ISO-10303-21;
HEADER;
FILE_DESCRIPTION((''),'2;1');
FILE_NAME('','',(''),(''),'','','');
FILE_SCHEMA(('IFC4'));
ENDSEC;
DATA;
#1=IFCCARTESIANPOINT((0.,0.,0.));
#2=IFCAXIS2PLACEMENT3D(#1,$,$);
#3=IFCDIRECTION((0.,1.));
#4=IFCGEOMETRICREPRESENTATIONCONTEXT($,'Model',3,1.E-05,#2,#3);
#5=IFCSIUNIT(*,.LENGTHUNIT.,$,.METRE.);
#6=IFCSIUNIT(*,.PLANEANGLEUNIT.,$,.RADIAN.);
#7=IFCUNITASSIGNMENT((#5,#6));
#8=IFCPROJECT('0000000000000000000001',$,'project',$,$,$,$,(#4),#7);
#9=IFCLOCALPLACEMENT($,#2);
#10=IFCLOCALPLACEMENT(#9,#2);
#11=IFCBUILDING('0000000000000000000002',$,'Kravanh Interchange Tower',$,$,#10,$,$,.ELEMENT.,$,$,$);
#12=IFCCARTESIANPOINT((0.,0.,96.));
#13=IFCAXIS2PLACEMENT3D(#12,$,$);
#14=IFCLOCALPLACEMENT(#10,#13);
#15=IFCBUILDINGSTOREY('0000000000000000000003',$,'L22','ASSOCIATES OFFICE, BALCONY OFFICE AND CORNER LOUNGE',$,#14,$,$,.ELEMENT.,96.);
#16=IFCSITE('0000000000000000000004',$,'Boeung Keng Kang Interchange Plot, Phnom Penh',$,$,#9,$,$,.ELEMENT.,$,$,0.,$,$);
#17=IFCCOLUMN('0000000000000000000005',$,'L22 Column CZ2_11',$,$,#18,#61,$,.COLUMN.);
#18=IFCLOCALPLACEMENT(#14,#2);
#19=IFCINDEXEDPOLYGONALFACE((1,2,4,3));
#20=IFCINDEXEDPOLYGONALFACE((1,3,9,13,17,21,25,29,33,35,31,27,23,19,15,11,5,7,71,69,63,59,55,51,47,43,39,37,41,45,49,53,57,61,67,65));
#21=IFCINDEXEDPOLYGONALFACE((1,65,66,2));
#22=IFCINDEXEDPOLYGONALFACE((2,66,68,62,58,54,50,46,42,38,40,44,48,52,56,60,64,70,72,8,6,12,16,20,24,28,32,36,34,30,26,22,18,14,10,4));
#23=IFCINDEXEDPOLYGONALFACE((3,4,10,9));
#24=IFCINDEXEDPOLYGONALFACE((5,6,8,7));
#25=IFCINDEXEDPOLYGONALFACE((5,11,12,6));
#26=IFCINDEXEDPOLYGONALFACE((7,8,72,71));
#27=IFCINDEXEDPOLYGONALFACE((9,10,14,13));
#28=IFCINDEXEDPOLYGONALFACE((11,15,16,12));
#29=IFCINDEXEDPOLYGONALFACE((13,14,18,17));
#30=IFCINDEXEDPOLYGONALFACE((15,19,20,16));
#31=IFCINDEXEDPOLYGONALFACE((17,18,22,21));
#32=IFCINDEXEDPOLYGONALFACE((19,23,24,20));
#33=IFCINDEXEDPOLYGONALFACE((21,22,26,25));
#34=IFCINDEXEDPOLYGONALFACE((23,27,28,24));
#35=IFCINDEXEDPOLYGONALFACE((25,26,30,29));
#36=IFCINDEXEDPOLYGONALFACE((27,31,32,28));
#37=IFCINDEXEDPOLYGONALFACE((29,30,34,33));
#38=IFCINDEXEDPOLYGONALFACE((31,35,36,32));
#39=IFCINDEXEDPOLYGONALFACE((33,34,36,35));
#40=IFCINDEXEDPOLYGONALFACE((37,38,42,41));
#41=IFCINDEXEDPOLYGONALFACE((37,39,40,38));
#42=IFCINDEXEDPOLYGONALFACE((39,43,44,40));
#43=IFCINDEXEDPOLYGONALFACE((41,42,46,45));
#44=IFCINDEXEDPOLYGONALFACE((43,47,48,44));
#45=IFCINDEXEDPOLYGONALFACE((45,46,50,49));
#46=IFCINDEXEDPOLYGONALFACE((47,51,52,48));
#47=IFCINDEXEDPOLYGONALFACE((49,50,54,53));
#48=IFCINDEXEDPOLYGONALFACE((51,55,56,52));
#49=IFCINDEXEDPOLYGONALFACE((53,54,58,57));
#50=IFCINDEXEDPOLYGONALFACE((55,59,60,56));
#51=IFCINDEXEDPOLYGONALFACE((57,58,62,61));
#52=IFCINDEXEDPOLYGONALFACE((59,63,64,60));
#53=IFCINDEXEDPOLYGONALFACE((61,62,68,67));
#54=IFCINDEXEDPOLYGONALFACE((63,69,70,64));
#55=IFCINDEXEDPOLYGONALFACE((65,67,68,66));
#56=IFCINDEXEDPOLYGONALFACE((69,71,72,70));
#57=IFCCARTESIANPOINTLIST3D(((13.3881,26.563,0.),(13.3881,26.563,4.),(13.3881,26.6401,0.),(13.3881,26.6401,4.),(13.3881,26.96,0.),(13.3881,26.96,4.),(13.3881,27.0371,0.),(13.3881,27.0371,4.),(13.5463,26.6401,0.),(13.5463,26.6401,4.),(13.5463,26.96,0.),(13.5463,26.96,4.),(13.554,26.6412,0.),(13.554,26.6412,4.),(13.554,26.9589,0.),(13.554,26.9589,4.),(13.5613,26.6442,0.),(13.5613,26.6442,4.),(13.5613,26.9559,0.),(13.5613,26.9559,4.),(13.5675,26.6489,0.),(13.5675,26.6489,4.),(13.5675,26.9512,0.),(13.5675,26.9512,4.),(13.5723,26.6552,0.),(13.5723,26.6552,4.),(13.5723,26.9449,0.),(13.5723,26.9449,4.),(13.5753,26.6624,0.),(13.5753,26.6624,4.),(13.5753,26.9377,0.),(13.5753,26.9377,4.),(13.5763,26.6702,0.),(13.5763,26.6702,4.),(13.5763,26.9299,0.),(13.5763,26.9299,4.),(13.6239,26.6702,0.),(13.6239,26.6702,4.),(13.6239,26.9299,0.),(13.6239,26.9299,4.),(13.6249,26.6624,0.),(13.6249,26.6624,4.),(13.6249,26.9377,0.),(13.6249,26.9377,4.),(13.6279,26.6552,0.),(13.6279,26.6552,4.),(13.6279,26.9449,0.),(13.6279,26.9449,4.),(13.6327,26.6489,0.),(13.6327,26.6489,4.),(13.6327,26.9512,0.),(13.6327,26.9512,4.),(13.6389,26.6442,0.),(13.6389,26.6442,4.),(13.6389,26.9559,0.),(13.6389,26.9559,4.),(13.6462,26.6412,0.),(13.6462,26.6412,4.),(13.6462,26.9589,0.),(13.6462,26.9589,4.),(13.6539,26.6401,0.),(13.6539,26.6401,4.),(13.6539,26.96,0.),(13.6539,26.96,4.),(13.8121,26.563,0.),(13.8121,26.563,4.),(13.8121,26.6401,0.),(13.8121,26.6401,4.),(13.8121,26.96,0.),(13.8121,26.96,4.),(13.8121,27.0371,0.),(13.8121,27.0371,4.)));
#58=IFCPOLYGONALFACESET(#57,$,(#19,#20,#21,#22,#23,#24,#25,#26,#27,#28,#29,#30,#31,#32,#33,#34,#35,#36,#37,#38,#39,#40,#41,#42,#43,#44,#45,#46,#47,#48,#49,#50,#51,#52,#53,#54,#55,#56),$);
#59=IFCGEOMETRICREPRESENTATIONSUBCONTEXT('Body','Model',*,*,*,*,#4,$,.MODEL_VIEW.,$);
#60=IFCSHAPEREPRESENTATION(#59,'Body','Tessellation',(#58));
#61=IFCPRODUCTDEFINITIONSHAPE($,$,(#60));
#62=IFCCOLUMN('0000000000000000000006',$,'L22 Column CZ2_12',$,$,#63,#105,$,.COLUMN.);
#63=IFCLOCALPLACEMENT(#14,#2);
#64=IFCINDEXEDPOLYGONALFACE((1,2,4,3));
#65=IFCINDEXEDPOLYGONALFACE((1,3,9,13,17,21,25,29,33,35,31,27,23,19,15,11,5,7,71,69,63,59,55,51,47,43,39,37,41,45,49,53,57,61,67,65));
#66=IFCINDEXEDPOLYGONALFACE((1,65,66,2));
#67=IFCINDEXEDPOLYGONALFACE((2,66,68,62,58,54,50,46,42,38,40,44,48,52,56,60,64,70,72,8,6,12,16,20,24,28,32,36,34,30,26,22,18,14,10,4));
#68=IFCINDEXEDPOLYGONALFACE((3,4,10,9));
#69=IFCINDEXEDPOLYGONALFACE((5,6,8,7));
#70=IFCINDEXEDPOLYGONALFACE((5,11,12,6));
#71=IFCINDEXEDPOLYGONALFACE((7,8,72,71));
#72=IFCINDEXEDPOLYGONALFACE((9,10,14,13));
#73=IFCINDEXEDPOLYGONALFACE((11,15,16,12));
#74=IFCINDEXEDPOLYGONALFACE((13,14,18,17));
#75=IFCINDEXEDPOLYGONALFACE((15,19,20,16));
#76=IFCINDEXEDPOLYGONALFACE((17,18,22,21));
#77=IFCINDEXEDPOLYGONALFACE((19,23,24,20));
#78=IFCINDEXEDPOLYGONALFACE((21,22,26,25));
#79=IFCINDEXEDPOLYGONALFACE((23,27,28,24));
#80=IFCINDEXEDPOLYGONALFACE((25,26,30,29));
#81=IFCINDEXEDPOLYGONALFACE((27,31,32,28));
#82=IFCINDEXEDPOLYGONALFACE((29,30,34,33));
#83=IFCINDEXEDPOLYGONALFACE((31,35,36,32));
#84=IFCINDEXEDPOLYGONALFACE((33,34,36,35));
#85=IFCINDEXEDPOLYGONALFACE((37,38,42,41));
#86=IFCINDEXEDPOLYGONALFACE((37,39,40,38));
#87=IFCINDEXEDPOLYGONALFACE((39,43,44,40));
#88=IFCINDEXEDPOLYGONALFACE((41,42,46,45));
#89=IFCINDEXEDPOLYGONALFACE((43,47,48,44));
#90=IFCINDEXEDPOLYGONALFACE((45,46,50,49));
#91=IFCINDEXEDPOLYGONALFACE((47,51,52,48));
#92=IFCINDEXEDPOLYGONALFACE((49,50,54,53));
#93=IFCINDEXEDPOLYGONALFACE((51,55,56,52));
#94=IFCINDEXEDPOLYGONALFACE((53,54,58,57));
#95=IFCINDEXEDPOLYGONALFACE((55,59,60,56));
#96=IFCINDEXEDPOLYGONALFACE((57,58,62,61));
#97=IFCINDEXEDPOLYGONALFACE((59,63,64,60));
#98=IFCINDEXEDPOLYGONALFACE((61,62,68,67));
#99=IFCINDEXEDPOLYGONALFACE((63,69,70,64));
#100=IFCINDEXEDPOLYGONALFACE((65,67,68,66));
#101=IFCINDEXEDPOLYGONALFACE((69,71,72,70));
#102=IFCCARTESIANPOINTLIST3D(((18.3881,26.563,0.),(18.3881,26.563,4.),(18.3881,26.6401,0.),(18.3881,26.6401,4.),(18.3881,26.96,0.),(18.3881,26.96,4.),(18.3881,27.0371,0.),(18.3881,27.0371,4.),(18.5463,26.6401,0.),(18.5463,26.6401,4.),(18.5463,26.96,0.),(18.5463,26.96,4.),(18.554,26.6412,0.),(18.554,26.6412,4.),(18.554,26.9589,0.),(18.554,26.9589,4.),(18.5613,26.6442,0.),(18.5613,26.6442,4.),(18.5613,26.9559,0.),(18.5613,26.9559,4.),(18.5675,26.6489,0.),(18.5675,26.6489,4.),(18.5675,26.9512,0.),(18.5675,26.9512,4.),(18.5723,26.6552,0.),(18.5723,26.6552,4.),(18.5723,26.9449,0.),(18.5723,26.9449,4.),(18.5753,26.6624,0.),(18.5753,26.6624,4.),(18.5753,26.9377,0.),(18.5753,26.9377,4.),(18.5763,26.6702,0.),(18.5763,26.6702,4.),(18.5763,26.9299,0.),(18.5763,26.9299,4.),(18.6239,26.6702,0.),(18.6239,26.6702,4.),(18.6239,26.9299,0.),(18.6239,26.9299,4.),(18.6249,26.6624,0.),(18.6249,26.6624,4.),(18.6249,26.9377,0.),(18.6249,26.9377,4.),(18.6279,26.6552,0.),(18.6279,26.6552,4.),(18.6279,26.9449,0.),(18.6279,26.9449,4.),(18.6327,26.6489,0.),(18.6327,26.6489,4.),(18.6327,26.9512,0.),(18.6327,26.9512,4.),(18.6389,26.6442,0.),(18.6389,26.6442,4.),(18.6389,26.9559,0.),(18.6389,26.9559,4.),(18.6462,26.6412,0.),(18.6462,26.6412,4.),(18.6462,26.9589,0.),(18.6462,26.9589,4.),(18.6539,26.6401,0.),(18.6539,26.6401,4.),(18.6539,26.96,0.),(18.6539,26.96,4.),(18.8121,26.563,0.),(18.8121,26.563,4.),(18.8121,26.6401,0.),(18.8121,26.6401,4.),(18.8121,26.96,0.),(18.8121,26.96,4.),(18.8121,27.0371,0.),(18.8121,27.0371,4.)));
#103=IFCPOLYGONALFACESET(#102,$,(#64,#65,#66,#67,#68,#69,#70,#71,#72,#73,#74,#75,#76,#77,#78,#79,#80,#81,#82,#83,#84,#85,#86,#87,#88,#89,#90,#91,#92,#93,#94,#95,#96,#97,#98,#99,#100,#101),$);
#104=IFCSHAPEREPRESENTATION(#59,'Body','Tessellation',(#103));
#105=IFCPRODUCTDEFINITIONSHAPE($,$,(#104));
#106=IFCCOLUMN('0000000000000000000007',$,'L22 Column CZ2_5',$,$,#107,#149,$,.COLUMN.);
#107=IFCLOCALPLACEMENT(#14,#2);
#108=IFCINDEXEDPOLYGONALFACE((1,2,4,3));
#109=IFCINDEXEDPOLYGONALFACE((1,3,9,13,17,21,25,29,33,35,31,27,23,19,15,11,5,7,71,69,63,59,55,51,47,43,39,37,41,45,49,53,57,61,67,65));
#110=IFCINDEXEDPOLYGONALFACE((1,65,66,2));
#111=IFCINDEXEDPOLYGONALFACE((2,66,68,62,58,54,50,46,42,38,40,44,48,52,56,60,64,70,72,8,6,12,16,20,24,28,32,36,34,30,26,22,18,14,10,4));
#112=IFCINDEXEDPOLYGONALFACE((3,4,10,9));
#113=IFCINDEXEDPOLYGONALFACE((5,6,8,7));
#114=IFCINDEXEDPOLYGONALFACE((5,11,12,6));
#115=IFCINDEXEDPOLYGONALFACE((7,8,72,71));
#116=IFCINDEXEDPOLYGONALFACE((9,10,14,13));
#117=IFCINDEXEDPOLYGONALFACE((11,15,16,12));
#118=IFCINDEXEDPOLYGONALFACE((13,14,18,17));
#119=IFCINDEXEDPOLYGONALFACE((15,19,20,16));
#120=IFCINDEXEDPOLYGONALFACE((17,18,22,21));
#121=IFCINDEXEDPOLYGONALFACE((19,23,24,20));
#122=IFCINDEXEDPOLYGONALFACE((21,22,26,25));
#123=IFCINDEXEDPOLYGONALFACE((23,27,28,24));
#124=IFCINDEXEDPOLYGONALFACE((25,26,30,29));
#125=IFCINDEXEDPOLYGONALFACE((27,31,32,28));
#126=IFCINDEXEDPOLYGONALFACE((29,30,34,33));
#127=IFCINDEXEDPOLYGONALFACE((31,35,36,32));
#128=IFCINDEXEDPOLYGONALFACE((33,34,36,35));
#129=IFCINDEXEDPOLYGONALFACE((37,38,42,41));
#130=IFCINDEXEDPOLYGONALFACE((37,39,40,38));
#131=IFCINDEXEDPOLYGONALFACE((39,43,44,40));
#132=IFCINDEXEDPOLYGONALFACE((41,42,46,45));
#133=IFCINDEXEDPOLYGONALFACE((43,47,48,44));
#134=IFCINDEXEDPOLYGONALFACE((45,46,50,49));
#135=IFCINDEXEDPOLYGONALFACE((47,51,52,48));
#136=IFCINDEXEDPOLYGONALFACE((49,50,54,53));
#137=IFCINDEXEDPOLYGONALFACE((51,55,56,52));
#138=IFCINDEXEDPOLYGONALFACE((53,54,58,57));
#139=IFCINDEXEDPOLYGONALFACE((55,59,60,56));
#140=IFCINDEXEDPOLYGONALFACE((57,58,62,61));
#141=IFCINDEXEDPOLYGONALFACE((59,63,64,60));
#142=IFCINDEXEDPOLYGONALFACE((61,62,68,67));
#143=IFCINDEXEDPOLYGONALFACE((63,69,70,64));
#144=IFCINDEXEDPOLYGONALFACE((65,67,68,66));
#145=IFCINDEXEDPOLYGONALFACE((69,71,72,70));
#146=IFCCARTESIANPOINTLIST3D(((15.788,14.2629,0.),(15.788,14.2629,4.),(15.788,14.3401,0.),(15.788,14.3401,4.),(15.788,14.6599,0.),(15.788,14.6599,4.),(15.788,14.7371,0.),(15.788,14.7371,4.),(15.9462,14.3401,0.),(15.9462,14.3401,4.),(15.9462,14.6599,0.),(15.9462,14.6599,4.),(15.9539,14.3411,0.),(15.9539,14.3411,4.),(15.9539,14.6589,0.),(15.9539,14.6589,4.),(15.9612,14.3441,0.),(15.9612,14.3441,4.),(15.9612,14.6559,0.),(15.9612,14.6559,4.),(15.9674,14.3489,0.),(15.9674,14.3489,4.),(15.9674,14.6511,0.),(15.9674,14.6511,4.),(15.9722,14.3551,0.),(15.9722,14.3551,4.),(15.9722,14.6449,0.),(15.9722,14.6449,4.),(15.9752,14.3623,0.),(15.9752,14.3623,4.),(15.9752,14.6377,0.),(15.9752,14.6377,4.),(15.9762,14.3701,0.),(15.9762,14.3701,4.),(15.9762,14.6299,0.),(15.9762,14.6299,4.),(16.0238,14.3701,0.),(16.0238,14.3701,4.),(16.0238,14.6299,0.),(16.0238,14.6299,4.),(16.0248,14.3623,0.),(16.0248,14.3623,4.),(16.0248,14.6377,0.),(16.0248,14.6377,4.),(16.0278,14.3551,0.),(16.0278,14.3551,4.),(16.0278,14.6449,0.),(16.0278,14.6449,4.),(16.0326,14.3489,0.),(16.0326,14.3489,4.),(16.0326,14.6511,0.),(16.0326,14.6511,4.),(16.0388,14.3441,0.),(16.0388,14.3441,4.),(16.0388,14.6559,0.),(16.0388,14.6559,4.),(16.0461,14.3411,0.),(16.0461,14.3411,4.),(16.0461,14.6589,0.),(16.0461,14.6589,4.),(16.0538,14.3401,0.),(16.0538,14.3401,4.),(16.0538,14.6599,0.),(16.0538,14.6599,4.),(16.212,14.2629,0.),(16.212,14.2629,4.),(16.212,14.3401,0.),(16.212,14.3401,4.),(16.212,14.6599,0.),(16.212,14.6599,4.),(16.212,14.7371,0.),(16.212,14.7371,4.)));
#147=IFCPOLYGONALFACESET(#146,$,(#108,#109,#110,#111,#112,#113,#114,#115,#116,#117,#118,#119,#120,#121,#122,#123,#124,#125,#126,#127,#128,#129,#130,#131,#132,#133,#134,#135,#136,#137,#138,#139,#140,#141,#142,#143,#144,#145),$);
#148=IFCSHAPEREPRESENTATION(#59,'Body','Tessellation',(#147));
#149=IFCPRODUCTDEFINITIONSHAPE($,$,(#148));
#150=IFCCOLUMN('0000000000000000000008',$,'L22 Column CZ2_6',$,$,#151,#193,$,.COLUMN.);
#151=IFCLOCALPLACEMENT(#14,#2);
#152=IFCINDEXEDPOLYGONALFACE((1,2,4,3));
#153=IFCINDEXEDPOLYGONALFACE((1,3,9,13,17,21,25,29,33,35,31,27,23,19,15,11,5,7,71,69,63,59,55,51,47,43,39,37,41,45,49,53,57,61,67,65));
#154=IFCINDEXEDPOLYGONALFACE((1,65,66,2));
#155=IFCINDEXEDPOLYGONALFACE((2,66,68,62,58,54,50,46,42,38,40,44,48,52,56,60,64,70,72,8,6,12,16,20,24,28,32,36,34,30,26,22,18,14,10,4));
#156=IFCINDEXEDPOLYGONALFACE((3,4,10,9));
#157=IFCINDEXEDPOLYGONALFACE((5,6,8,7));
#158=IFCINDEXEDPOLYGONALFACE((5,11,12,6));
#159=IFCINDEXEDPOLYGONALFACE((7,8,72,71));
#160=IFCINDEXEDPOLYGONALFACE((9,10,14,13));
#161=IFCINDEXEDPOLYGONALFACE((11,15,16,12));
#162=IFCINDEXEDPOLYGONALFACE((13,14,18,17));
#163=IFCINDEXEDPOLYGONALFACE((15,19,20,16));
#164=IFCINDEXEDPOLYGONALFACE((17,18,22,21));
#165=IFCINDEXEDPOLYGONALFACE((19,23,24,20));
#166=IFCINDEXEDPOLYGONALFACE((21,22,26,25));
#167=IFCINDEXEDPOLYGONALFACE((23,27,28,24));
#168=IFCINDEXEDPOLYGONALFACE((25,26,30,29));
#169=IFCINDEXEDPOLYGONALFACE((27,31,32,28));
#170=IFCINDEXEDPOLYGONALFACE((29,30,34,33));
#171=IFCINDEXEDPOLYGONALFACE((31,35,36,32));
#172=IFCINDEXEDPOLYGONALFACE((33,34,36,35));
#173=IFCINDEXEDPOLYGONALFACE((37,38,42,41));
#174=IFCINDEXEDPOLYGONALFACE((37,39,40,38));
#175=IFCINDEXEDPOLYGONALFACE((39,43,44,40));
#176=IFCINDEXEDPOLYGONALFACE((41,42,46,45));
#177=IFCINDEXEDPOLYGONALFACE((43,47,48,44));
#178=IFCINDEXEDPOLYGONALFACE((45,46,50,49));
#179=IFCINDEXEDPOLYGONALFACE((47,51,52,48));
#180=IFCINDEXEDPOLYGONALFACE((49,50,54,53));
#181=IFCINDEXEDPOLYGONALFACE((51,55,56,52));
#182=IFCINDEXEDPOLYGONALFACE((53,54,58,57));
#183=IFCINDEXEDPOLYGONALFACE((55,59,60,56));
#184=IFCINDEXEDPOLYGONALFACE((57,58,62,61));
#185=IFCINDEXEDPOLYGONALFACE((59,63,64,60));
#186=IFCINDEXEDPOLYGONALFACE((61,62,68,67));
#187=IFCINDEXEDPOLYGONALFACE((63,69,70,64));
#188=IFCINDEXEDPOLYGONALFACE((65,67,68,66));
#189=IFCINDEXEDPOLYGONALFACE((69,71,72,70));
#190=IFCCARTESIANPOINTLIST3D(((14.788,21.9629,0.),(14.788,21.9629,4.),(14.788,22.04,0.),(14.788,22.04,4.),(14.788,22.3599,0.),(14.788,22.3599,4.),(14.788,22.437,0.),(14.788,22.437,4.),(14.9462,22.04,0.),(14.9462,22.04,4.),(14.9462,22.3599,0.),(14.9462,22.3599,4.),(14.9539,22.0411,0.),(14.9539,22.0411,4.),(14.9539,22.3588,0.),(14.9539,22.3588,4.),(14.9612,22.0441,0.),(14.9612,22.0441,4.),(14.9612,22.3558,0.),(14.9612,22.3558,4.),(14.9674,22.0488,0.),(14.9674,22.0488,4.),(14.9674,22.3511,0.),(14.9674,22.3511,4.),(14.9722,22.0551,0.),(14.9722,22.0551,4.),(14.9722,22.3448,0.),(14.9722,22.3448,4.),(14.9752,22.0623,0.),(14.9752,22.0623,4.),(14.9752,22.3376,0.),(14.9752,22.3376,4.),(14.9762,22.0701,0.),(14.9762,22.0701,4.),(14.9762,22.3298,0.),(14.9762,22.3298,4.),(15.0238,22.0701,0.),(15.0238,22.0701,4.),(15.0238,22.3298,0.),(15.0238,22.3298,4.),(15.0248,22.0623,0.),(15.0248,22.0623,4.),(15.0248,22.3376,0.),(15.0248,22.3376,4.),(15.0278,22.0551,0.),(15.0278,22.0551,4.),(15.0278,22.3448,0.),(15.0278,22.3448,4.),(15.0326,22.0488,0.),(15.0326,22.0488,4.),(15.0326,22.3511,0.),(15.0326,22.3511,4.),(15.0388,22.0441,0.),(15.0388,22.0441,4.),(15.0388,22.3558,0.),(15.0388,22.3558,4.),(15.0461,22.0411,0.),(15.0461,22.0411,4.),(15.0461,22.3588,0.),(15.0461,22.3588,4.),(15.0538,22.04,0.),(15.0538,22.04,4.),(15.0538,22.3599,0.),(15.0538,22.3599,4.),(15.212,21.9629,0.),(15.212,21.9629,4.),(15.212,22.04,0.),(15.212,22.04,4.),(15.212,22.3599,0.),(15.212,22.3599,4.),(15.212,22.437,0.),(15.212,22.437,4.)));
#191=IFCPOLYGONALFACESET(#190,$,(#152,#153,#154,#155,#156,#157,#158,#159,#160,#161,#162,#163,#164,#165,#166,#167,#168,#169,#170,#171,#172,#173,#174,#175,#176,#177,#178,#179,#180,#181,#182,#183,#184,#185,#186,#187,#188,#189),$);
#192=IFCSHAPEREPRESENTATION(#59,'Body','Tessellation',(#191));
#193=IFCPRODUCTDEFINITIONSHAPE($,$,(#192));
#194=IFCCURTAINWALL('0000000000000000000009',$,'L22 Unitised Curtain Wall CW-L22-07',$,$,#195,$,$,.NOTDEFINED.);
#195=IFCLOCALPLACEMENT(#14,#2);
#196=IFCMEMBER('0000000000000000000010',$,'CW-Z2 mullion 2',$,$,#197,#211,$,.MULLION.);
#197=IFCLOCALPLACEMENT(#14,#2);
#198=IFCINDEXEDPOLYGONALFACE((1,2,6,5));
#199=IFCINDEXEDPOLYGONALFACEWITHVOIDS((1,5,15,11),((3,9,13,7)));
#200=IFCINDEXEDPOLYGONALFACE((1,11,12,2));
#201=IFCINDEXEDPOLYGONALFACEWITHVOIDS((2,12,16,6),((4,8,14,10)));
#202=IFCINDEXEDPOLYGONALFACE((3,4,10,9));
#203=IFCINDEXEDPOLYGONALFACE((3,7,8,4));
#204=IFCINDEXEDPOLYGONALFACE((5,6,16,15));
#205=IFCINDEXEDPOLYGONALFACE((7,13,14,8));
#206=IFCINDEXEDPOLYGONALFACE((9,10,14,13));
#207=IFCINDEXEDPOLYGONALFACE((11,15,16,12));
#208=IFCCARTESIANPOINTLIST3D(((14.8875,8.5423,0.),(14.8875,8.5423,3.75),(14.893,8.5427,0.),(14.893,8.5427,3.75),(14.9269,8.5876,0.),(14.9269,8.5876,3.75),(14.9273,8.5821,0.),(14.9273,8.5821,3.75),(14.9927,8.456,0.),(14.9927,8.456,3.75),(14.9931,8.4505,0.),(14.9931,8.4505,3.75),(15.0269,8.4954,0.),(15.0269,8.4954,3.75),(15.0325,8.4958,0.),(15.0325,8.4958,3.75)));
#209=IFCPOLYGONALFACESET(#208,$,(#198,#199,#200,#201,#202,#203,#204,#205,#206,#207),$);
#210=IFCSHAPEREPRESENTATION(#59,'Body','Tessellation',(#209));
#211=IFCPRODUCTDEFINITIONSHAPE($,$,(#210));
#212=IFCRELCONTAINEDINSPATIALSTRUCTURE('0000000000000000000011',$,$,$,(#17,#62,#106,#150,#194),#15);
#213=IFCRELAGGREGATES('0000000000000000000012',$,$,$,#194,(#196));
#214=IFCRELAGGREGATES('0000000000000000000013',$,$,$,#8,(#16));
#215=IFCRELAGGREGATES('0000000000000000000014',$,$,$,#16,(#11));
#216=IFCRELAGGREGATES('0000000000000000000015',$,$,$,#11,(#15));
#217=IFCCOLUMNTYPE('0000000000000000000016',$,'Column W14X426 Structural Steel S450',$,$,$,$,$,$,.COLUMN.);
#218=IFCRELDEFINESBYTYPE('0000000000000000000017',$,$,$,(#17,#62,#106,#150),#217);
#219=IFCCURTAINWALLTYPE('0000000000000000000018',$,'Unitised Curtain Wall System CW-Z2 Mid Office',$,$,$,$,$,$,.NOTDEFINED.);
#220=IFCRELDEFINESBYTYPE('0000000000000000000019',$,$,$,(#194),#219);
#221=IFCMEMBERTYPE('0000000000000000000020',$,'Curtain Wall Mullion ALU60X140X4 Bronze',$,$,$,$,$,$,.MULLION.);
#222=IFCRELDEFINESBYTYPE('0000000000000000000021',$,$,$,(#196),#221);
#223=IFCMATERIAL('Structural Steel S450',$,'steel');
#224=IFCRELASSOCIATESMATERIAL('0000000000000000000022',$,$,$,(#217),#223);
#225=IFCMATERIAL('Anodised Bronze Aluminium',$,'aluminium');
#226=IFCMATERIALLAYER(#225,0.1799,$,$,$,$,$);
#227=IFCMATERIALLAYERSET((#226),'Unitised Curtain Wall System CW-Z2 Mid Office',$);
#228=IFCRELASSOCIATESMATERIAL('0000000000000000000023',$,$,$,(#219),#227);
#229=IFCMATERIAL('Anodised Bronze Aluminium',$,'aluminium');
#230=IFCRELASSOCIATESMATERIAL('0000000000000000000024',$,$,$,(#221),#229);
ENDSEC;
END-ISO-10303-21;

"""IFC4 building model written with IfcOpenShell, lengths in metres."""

from ifc_helpers import new_model, si_unit, direction, frame, origin, origin_2d, place, context, subcontext, project, spatial, hollow_rectangle, i_section, extrude, material, layer, layer_set, material_profile, profile_set, type_object, element, aggregate, save


model = new_model("IFC4")

# Units and contexts
model_context = context("Model", 3, precision=1e-05, world=origin(), true_north=direction((0.0, 1.0)))
body_context = subcontext(model_context, "Body", "Model", "MODEL_VIEW")
ifc_project = project(units=[si_unit("LENGTHUNIT", "METRE"), si_unit("PLANEANGLEUNIT", "RADIAN")], contexts=[model_context])

# Site, building, storey
site_placement = place(None, origin())
site = spatial("IfcSite", under=ifc_project, at=site_placement, Name="Boeung Keng Kang Interchange Plot, Phnom Penh", CompositionType="ELEMENT", RefElevation=0.0)
building_placement = place(site_placement, origin())
building = spatial("IfcBuilding", under=site, at=building_placement, Name="Kravanh Interchange Tower", CompositionType="ELEMENT")
storey_placement = place(building_placement, frame((0.0, 0.0, 96.0)))
storey = spatial("IfcBuildingStorey", under=building, at=storey_placement, Name="L22", Description="ASSOCIATES OFFICE, BALCONY OFFICE AND CORNER LOUNGE", CompositionType="ELEMENT", Elevation=96.0)

# Columns
ifc_material_1 = material(Name="Structural Steel S450", Category="steel")
ifc_material_profile_1 = material_profile(ifc_material_1, i_section(OverallWidth=0.4241, OverallDepth=0.4741, WebThickness=0.0476, FlangeThickness=0.0771, FilletRadius=0.03, at=origin_2d()), Name="W14X426")
ifc_profile_set_1 = profile_set([ifc_material_profile_1], Name="Structural Steel S450")
column_type = type_object("IfcColumnType", Name="Column W14X426 Structural Steel S450", PredefinedType="COLUMN", material=ifc_profile_set_1)
for number, where, z_axis, x_axis, name in (
    (1, (13.6001, 26.8, 0.0), (0.0, 0.0, 1.0), (1.0, 0.0, 0.0), "L22 Column CZ2_11"),
    (2, (18.6001, 26.8, 0.0), (0.0, 0.0, 1.0), (1.0, 0.0, 0.0), "L22 Column CZ2_12"),
    (3, (16.0, 14.5, 0.0), (0.0, 0.0, 1.0), (1.0, 0.0, 0.0), "L22 Column CZ2_5"),
    (4, (15.0, 22.2, 0.0), (0.0, 0.0, 1.0), (1.0, 0.0, 0.0), "L22 Column CZ2_6"),
):
    element("IfcColumn", number, at=place(storey_placement, frame(where, z_axis=z_axis, x_axis=x_axis)), inside=storey, type_object=column_type, Name=name, PredefinedType="COLUMN", context=body_context, shape_type="SweptSolid", body=[
        extrude(i_section(OverallWidth=0.4241, OverallDepth=0.4741, WebThickness=0.0476, FlangeThickness=0.0771, FilletRadius=0.03, at=origin_2d()), origin(), (0.0, 0.0, 1.0), 4.0),
    ])

# Curtain wall, member
ifc_material_2 = material(Name="Anodised Bronze Aluminium", Category="aluminium")
ifc_layer_1 = layer(ifc_material_2, 0.1799)
ifc_layer_set_1 = layer_set([ifc_layer_1], Name="Unitised Curtain Wall System CW-Z2 Mid Office")
curtain_wall_type = type_object("IfcCurtainWallType", Name="Unitised Curtain Wall System CW-Z2 Mid Office", PredefinedType="NOTDEFINED", material=ifc_layer_set_1)
curtain_wall_placement = place(storey_placement, origin())
curtain_wall = element("IfcCurtainWall", 5, at=curtain_wall_placement, inside=storey, type_object=curtain_wall_type, Name="L22 Unitised Curtain Wall CW-L22-07", PredefinedType="NOTDEFINED")
ifc_material_3 = material(Name="Anodised Bronze Aluminium", Category="aluminium")
ifc_material_profile_2 = material_profile(ifc_material_3, hollow_rectangle(XDim=0.0601, YDim=0.1399, WallThickness=0.0039, at=origin_2d()), Name="ALU60X140X4")
ifc_profile_set_2 = profile_set([ifc_material_profile_2], Name="Anodised Bronze Aluminium")
member_type = type_object("IfcMemberType", Name="Curtain Wall Mullion ALU60X140X4 Bronze", PredefinedType="MULLION", material=ifc_profile_set_2)
member_placement = place(storey_placement, frame((14.96, 8.519, 0.0), z_axis=(0.0, 0.0, 1.0), x_axis=(-0.656048, -0.754719, 0.0)))
member = element("IfcMember", 6, at=member_placement, type_object=member_type, Name="CW-Z2 mullion 2", PredefinedType="MULLION", context=body_context, shape_type="SweptSolid", body=[
    extrude(hollow_rectangle(XDim=0.0601, YDim=0.1399, WallThickness=0.0039, at=origin_2d()), origin(), (0.0, 0.0, 1.0), 3.75),
])
aggregate(curtain_wall, [member])

save(model, "model.ifc")
